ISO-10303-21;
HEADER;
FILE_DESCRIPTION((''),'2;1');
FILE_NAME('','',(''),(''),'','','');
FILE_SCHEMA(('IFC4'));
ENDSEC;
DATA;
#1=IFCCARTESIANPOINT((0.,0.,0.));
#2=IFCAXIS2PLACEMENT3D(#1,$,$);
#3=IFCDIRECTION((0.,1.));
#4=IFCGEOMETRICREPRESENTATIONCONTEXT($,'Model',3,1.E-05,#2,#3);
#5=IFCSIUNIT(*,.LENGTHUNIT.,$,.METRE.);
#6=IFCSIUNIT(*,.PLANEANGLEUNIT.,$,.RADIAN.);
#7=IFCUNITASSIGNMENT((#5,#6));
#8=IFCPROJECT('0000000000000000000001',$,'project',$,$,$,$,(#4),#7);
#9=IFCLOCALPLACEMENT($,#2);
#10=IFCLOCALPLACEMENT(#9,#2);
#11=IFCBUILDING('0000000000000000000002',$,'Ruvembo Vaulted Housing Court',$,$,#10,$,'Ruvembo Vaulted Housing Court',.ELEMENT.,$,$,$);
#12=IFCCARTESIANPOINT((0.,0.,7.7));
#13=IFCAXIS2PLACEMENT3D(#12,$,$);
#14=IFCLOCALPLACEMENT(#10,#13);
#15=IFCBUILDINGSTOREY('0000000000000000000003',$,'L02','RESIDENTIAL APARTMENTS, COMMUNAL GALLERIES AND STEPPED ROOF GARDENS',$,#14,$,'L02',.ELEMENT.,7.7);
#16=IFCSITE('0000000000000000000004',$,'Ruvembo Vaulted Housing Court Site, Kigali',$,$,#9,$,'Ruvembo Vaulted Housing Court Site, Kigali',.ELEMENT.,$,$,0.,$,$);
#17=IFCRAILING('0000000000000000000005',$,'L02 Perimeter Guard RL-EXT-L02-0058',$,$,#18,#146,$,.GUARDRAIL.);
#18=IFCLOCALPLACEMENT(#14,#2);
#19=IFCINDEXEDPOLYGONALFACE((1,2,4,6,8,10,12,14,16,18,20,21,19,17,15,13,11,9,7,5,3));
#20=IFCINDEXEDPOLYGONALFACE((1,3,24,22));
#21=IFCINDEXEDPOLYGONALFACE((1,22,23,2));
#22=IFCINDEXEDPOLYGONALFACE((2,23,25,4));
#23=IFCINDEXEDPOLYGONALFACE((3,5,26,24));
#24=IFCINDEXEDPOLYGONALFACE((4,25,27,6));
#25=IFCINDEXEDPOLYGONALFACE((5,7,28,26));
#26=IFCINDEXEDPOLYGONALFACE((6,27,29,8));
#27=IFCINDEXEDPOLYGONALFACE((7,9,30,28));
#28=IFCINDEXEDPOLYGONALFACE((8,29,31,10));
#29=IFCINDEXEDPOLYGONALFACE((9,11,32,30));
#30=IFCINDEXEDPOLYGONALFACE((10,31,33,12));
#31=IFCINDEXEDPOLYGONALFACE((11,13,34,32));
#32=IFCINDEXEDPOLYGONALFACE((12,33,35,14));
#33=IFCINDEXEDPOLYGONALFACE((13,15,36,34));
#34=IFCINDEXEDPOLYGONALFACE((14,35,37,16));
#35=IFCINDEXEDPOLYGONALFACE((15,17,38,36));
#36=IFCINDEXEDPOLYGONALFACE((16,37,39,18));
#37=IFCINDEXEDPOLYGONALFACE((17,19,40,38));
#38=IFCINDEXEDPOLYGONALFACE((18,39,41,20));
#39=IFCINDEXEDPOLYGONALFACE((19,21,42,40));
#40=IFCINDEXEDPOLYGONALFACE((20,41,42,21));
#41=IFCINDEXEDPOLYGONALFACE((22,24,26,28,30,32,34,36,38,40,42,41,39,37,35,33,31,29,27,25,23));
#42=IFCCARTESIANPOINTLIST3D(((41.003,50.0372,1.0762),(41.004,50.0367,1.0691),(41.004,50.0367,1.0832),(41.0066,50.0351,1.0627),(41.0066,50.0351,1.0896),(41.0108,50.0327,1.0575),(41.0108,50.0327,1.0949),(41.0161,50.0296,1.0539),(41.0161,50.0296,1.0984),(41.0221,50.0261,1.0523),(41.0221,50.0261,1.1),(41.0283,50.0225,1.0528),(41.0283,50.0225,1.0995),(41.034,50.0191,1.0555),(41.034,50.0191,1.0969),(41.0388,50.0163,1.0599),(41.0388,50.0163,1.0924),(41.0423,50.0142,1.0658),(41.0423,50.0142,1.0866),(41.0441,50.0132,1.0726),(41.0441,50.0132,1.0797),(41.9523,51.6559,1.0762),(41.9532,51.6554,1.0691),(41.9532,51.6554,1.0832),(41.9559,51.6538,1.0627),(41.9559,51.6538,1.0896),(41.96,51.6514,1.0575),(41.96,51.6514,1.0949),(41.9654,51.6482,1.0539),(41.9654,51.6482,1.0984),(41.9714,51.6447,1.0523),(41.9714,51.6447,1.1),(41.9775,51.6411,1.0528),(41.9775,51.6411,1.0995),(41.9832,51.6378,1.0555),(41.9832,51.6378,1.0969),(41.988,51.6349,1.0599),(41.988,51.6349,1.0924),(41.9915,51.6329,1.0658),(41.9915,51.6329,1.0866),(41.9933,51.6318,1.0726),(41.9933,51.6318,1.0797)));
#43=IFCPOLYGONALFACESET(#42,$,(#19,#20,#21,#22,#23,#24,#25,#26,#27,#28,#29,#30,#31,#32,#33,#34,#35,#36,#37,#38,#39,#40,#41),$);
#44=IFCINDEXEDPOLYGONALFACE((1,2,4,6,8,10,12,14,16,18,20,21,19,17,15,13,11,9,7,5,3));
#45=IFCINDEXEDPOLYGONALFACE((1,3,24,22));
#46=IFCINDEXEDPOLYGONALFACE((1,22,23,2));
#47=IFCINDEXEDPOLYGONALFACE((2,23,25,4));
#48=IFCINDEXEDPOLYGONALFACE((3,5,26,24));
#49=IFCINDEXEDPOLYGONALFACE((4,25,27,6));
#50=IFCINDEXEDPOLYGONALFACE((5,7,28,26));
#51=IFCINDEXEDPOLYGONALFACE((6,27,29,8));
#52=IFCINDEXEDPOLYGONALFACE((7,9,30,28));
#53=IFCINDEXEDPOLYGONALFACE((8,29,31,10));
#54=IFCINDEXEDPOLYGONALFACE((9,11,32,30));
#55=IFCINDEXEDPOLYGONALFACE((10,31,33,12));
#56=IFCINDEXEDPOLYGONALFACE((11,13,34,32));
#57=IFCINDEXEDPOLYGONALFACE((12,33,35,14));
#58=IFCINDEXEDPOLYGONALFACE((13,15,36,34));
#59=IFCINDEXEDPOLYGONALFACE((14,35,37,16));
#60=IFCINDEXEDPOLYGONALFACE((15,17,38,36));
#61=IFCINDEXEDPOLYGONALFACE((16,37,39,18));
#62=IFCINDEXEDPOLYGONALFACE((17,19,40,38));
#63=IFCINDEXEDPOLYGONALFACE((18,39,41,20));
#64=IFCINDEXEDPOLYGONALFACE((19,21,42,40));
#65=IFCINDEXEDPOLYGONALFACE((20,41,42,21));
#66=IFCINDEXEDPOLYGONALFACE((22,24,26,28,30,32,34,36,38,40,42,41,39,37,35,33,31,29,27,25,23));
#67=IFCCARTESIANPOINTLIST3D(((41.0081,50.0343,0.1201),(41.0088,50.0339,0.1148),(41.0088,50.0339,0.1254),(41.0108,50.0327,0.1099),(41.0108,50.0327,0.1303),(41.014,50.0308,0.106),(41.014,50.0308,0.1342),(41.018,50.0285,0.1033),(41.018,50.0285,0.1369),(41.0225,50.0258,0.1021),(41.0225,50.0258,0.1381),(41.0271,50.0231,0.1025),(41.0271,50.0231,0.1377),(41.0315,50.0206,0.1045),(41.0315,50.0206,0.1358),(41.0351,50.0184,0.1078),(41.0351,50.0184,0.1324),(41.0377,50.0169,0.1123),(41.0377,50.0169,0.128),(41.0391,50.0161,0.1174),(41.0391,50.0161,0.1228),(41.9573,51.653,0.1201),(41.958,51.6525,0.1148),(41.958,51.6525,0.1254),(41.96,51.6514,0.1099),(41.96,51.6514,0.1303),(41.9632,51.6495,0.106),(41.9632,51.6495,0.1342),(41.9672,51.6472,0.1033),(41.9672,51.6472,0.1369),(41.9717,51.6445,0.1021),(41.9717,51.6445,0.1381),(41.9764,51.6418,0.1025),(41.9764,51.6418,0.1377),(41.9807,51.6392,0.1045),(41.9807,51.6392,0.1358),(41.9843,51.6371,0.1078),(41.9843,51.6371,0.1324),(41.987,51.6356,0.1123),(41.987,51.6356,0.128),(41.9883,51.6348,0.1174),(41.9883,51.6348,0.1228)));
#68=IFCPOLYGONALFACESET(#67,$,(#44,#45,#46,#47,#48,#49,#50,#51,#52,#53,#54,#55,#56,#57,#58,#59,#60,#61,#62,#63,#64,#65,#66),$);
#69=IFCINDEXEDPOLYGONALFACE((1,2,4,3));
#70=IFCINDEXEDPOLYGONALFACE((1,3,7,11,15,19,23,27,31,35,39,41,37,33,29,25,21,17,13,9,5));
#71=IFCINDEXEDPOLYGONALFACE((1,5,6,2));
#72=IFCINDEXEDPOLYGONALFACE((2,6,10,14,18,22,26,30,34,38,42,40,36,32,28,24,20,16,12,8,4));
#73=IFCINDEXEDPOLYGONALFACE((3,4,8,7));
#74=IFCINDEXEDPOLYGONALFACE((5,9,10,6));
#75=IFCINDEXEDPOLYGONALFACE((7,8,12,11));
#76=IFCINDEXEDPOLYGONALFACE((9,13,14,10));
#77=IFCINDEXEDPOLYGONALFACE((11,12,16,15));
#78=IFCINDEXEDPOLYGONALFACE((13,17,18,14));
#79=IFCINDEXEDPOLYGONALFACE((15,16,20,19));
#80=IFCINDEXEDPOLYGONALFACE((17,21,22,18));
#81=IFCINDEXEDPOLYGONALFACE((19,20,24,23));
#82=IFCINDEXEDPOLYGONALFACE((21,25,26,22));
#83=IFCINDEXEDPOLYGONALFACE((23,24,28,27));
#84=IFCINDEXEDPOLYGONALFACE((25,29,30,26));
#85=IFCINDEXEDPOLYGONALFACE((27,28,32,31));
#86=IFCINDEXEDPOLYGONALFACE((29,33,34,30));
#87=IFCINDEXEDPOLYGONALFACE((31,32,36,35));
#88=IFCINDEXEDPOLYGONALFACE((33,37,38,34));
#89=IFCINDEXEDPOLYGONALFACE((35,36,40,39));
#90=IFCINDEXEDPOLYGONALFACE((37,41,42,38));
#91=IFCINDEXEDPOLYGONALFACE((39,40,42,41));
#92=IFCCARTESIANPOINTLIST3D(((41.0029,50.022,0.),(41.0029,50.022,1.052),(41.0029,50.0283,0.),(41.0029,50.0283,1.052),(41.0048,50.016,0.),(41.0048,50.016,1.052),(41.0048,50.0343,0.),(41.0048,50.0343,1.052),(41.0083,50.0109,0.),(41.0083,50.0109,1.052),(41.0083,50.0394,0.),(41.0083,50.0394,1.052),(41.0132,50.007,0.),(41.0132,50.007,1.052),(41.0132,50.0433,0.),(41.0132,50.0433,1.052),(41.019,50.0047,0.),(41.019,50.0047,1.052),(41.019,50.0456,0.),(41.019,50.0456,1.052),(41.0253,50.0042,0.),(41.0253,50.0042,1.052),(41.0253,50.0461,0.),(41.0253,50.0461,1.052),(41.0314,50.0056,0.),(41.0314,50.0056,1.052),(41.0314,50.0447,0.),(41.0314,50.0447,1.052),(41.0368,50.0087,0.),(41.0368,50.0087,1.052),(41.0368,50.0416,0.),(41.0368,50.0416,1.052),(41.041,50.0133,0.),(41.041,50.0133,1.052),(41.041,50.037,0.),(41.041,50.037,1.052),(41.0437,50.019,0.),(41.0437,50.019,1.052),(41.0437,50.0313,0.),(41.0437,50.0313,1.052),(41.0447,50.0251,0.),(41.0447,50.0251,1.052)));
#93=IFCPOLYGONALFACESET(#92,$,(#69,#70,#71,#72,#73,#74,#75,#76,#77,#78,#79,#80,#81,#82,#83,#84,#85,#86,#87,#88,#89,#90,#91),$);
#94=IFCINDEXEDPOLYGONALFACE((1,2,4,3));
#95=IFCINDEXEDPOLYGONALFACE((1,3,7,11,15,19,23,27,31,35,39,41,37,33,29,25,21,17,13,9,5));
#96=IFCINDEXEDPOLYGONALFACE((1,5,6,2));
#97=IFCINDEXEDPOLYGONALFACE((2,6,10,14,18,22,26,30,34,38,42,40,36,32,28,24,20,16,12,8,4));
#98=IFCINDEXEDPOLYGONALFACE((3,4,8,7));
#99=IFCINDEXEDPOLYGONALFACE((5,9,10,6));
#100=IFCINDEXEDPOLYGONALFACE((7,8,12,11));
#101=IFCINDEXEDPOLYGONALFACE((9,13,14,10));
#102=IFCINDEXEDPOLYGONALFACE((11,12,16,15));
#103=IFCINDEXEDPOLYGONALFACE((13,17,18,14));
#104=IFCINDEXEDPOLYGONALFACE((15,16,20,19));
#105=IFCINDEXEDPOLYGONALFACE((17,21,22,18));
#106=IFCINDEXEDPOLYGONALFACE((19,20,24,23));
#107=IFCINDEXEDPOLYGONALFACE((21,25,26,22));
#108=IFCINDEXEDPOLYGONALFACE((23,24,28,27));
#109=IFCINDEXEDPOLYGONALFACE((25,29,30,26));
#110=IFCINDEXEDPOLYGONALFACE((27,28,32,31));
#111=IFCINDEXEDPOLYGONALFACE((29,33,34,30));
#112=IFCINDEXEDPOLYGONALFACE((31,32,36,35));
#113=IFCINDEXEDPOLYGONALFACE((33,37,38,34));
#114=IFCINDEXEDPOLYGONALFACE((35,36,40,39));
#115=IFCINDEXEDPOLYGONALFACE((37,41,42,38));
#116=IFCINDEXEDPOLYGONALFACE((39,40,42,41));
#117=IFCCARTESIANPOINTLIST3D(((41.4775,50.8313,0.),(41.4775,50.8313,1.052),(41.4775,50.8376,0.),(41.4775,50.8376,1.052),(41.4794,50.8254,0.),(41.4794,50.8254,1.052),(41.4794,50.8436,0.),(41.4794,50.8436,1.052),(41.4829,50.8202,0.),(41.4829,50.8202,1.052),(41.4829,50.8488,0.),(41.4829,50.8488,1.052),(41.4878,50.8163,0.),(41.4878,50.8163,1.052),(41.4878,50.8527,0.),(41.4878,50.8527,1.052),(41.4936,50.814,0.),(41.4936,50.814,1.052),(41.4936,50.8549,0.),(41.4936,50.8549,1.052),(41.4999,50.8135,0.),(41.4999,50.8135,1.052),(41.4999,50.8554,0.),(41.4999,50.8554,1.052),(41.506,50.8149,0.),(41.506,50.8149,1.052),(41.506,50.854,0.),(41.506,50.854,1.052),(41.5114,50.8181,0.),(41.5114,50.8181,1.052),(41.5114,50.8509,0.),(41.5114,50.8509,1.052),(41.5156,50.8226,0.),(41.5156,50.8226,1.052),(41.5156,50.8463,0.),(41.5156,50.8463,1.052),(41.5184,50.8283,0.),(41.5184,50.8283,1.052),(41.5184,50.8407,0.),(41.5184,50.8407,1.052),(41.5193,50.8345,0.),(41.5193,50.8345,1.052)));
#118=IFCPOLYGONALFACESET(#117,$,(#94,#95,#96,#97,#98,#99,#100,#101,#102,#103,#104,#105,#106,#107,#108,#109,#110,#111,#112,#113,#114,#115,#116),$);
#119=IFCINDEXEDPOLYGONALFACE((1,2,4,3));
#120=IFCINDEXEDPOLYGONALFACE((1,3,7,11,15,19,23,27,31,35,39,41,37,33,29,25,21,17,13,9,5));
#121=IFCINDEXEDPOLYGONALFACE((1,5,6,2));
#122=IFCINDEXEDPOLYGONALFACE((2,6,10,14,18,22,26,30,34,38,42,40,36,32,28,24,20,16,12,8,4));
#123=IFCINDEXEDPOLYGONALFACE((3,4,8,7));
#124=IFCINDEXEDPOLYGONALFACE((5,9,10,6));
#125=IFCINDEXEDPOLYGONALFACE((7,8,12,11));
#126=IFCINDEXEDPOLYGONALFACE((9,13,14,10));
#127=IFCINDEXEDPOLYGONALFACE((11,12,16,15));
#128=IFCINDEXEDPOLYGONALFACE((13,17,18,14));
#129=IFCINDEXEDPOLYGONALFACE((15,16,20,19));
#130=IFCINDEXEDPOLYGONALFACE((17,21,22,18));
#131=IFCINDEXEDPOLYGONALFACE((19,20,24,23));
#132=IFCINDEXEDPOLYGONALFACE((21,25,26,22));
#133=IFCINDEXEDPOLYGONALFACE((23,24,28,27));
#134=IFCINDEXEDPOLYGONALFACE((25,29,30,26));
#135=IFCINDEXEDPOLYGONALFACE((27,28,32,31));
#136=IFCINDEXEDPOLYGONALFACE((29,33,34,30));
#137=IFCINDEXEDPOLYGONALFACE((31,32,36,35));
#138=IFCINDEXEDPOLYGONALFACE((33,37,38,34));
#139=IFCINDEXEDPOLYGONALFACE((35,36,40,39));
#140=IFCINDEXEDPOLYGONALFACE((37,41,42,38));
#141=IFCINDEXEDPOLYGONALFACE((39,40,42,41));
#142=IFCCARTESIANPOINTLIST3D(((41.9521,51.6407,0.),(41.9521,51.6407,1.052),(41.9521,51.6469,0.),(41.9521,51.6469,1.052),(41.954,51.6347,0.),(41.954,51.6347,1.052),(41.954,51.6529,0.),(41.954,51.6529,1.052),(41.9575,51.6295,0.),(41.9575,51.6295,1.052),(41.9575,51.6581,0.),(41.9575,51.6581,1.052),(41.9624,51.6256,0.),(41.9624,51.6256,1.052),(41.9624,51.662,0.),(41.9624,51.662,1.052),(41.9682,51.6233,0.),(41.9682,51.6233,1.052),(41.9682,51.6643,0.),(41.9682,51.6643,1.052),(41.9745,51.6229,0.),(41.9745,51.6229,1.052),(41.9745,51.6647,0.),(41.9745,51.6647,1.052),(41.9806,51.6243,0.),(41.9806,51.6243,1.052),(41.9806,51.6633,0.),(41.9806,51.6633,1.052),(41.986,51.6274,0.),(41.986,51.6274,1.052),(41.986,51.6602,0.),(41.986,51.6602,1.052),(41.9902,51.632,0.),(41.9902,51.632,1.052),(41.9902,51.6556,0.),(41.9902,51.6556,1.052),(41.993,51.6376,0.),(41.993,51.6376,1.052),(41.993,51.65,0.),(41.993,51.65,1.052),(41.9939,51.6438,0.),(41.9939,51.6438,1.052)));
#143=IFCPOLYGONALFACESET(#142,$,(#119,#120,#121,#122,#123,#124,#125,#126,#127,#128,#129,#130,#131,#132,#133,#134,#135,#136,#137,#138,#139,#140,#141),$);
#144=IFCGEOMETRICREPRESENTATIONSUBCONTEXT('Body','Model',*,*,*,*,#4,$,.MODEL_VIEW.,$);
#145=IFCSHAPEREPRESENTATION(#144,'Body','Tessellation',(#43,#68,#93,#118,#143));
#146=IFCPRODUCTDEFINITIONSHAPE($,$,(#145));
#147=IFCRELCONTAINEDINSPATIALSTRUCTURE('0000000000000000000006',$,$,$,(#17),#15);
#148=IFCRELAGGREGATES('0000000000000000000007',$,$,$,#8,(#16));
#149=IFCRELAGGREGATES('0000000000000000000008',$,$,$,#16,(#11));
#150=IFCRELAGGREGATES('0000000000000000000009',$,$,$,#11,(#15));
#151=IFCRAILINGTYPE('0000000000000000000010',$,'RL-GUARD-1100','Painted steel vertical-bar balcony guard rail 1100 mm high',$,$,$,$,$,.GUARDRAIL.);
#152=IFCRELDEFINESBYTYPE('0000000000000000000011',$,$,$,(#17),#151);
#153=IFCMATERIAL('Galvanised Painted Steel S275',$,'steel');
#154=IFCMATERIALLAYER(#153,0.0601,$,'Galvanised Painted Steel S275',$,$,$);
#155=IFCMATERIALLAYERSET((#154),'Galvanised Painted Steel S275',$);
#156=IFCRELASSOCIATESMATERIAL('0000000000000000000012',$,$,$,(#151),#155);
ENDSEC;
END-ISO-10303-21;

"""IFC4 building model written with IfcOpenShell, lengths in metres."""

from ifc_helpers import new_model, si_unit, direction, frame, origin, origin_2d, place, context, subcontext, project, spatial, circle, extrude, material, layer, layer_set, type_object, element, save


model = new_model("IFC4")

# Units and contexts
model_context = context("Model", 3, precision=1e-05, world=origin(), true_north=direction((0.0, 1.0)))
body_context = subcontext(model_context, "Body", "Model", "MODEL_VIEW")
ifc_project = project(units=[si_unit("LENGTHUNIT", "METRE"), si_unit("PLANEANGLEUNIT", "RADIAN")], contexts=[model_context])

# Site, building, storey
site_placement = place(None, origin())
site = spatial("IfcSite", under=ifc_project, at=site_placement, Name="Ruvembo Vaulted Housing Court Site, Kigali", LongName="Ruvembo Vaulted Housing Court Site, Kigali", CompositionType="ELEMENT", RefElevation=0.0)
building_placement = place(site_placement, origin())
building = spatial("IfcBuilding", under=site, at=building_placement, Name="Ruvembo Vaulted Housing Court", LongName="Ruvembo Vaulted Housing Court", CompositionType="ELEMENT")
storey_placement = place(building_placement, frame((0.0, 0.0, 7.7)))
storey = spatial("IfcBuildingStorey", under=building, at=storey_placement, Name="L02", Description="RESIDENTIAL APARTMENTS, COMMUNAL GALLERIES AND STEPPED ROOF GARDENS", LongName="L02", CompositionType="ELEMENT", Elevation=7.7)

# Railing
ifc_material_1 = material(Name="Galvanised Painted Steel S275", Category="steel")
ifc_layer = layer(ifc_material_1, 0.0601, Name="Galvanised Painted Steel S275")
ifc_layer_set = layer_set([ifc_layer], Name="Galvanised Painted Steel S275")
railing_type = type_object("IfcRailingType", Name="RL-GUARD-1100", Description="Painted steel vertical-bar balcony guard rail 1100 mm high", PredefinedType="GUARDRAIL", material=ifc_layer_set)
railing_1_placement = place(storey_placement, frame((41.0237, 50.0251, 0.0)))
element("IfcRailing", 1, at=railing_1_placement, inside=storey, type_object=railing_type, Name="L02 Perimeter Guard RL-EXT-L02-0058", PredefinedType="GUARDRAIL", context=body_context, shape_type="SweptSolid", body=[
    extrude(circle(Radius=0.0239, at=origin_2d()), frame((0.0, 0.0, 1.0762), z_axis=(0.50586, 0.862616, 0.0), x_axis=(-0.862616, 0.50586, 0.0)), (0.0, 0.0, 1.0), 1.8765),
    extrude(circle(Radius=0.0181, at=origin_2d()), frame((0.0, 0.0, 0.1201), z_axis=(0.50586, 0.862616, 0.0), x_axis=(-0.862616, 0.50586, 0.0)), (0.0, 0.0, 1.0), 1.8765),
    extrude(circle(Radius=0.021, at=origin_2d()), origin(), (0.0, 0.0, 1.0), 1.052),
    extrude(circle(Radius=0.021, at=origin_2d()), frame((0.4746, 0.8093, 0.0)), (0.0, 0.0, 1.0), 1.052),
    extrude(circle(Radius=0.021, at=origin_2d()), frame((0.9492, 1.6187, 0.0)), (0.0, 0.0, 1.0), 1.052),
])

save(model, "model.ifc")
